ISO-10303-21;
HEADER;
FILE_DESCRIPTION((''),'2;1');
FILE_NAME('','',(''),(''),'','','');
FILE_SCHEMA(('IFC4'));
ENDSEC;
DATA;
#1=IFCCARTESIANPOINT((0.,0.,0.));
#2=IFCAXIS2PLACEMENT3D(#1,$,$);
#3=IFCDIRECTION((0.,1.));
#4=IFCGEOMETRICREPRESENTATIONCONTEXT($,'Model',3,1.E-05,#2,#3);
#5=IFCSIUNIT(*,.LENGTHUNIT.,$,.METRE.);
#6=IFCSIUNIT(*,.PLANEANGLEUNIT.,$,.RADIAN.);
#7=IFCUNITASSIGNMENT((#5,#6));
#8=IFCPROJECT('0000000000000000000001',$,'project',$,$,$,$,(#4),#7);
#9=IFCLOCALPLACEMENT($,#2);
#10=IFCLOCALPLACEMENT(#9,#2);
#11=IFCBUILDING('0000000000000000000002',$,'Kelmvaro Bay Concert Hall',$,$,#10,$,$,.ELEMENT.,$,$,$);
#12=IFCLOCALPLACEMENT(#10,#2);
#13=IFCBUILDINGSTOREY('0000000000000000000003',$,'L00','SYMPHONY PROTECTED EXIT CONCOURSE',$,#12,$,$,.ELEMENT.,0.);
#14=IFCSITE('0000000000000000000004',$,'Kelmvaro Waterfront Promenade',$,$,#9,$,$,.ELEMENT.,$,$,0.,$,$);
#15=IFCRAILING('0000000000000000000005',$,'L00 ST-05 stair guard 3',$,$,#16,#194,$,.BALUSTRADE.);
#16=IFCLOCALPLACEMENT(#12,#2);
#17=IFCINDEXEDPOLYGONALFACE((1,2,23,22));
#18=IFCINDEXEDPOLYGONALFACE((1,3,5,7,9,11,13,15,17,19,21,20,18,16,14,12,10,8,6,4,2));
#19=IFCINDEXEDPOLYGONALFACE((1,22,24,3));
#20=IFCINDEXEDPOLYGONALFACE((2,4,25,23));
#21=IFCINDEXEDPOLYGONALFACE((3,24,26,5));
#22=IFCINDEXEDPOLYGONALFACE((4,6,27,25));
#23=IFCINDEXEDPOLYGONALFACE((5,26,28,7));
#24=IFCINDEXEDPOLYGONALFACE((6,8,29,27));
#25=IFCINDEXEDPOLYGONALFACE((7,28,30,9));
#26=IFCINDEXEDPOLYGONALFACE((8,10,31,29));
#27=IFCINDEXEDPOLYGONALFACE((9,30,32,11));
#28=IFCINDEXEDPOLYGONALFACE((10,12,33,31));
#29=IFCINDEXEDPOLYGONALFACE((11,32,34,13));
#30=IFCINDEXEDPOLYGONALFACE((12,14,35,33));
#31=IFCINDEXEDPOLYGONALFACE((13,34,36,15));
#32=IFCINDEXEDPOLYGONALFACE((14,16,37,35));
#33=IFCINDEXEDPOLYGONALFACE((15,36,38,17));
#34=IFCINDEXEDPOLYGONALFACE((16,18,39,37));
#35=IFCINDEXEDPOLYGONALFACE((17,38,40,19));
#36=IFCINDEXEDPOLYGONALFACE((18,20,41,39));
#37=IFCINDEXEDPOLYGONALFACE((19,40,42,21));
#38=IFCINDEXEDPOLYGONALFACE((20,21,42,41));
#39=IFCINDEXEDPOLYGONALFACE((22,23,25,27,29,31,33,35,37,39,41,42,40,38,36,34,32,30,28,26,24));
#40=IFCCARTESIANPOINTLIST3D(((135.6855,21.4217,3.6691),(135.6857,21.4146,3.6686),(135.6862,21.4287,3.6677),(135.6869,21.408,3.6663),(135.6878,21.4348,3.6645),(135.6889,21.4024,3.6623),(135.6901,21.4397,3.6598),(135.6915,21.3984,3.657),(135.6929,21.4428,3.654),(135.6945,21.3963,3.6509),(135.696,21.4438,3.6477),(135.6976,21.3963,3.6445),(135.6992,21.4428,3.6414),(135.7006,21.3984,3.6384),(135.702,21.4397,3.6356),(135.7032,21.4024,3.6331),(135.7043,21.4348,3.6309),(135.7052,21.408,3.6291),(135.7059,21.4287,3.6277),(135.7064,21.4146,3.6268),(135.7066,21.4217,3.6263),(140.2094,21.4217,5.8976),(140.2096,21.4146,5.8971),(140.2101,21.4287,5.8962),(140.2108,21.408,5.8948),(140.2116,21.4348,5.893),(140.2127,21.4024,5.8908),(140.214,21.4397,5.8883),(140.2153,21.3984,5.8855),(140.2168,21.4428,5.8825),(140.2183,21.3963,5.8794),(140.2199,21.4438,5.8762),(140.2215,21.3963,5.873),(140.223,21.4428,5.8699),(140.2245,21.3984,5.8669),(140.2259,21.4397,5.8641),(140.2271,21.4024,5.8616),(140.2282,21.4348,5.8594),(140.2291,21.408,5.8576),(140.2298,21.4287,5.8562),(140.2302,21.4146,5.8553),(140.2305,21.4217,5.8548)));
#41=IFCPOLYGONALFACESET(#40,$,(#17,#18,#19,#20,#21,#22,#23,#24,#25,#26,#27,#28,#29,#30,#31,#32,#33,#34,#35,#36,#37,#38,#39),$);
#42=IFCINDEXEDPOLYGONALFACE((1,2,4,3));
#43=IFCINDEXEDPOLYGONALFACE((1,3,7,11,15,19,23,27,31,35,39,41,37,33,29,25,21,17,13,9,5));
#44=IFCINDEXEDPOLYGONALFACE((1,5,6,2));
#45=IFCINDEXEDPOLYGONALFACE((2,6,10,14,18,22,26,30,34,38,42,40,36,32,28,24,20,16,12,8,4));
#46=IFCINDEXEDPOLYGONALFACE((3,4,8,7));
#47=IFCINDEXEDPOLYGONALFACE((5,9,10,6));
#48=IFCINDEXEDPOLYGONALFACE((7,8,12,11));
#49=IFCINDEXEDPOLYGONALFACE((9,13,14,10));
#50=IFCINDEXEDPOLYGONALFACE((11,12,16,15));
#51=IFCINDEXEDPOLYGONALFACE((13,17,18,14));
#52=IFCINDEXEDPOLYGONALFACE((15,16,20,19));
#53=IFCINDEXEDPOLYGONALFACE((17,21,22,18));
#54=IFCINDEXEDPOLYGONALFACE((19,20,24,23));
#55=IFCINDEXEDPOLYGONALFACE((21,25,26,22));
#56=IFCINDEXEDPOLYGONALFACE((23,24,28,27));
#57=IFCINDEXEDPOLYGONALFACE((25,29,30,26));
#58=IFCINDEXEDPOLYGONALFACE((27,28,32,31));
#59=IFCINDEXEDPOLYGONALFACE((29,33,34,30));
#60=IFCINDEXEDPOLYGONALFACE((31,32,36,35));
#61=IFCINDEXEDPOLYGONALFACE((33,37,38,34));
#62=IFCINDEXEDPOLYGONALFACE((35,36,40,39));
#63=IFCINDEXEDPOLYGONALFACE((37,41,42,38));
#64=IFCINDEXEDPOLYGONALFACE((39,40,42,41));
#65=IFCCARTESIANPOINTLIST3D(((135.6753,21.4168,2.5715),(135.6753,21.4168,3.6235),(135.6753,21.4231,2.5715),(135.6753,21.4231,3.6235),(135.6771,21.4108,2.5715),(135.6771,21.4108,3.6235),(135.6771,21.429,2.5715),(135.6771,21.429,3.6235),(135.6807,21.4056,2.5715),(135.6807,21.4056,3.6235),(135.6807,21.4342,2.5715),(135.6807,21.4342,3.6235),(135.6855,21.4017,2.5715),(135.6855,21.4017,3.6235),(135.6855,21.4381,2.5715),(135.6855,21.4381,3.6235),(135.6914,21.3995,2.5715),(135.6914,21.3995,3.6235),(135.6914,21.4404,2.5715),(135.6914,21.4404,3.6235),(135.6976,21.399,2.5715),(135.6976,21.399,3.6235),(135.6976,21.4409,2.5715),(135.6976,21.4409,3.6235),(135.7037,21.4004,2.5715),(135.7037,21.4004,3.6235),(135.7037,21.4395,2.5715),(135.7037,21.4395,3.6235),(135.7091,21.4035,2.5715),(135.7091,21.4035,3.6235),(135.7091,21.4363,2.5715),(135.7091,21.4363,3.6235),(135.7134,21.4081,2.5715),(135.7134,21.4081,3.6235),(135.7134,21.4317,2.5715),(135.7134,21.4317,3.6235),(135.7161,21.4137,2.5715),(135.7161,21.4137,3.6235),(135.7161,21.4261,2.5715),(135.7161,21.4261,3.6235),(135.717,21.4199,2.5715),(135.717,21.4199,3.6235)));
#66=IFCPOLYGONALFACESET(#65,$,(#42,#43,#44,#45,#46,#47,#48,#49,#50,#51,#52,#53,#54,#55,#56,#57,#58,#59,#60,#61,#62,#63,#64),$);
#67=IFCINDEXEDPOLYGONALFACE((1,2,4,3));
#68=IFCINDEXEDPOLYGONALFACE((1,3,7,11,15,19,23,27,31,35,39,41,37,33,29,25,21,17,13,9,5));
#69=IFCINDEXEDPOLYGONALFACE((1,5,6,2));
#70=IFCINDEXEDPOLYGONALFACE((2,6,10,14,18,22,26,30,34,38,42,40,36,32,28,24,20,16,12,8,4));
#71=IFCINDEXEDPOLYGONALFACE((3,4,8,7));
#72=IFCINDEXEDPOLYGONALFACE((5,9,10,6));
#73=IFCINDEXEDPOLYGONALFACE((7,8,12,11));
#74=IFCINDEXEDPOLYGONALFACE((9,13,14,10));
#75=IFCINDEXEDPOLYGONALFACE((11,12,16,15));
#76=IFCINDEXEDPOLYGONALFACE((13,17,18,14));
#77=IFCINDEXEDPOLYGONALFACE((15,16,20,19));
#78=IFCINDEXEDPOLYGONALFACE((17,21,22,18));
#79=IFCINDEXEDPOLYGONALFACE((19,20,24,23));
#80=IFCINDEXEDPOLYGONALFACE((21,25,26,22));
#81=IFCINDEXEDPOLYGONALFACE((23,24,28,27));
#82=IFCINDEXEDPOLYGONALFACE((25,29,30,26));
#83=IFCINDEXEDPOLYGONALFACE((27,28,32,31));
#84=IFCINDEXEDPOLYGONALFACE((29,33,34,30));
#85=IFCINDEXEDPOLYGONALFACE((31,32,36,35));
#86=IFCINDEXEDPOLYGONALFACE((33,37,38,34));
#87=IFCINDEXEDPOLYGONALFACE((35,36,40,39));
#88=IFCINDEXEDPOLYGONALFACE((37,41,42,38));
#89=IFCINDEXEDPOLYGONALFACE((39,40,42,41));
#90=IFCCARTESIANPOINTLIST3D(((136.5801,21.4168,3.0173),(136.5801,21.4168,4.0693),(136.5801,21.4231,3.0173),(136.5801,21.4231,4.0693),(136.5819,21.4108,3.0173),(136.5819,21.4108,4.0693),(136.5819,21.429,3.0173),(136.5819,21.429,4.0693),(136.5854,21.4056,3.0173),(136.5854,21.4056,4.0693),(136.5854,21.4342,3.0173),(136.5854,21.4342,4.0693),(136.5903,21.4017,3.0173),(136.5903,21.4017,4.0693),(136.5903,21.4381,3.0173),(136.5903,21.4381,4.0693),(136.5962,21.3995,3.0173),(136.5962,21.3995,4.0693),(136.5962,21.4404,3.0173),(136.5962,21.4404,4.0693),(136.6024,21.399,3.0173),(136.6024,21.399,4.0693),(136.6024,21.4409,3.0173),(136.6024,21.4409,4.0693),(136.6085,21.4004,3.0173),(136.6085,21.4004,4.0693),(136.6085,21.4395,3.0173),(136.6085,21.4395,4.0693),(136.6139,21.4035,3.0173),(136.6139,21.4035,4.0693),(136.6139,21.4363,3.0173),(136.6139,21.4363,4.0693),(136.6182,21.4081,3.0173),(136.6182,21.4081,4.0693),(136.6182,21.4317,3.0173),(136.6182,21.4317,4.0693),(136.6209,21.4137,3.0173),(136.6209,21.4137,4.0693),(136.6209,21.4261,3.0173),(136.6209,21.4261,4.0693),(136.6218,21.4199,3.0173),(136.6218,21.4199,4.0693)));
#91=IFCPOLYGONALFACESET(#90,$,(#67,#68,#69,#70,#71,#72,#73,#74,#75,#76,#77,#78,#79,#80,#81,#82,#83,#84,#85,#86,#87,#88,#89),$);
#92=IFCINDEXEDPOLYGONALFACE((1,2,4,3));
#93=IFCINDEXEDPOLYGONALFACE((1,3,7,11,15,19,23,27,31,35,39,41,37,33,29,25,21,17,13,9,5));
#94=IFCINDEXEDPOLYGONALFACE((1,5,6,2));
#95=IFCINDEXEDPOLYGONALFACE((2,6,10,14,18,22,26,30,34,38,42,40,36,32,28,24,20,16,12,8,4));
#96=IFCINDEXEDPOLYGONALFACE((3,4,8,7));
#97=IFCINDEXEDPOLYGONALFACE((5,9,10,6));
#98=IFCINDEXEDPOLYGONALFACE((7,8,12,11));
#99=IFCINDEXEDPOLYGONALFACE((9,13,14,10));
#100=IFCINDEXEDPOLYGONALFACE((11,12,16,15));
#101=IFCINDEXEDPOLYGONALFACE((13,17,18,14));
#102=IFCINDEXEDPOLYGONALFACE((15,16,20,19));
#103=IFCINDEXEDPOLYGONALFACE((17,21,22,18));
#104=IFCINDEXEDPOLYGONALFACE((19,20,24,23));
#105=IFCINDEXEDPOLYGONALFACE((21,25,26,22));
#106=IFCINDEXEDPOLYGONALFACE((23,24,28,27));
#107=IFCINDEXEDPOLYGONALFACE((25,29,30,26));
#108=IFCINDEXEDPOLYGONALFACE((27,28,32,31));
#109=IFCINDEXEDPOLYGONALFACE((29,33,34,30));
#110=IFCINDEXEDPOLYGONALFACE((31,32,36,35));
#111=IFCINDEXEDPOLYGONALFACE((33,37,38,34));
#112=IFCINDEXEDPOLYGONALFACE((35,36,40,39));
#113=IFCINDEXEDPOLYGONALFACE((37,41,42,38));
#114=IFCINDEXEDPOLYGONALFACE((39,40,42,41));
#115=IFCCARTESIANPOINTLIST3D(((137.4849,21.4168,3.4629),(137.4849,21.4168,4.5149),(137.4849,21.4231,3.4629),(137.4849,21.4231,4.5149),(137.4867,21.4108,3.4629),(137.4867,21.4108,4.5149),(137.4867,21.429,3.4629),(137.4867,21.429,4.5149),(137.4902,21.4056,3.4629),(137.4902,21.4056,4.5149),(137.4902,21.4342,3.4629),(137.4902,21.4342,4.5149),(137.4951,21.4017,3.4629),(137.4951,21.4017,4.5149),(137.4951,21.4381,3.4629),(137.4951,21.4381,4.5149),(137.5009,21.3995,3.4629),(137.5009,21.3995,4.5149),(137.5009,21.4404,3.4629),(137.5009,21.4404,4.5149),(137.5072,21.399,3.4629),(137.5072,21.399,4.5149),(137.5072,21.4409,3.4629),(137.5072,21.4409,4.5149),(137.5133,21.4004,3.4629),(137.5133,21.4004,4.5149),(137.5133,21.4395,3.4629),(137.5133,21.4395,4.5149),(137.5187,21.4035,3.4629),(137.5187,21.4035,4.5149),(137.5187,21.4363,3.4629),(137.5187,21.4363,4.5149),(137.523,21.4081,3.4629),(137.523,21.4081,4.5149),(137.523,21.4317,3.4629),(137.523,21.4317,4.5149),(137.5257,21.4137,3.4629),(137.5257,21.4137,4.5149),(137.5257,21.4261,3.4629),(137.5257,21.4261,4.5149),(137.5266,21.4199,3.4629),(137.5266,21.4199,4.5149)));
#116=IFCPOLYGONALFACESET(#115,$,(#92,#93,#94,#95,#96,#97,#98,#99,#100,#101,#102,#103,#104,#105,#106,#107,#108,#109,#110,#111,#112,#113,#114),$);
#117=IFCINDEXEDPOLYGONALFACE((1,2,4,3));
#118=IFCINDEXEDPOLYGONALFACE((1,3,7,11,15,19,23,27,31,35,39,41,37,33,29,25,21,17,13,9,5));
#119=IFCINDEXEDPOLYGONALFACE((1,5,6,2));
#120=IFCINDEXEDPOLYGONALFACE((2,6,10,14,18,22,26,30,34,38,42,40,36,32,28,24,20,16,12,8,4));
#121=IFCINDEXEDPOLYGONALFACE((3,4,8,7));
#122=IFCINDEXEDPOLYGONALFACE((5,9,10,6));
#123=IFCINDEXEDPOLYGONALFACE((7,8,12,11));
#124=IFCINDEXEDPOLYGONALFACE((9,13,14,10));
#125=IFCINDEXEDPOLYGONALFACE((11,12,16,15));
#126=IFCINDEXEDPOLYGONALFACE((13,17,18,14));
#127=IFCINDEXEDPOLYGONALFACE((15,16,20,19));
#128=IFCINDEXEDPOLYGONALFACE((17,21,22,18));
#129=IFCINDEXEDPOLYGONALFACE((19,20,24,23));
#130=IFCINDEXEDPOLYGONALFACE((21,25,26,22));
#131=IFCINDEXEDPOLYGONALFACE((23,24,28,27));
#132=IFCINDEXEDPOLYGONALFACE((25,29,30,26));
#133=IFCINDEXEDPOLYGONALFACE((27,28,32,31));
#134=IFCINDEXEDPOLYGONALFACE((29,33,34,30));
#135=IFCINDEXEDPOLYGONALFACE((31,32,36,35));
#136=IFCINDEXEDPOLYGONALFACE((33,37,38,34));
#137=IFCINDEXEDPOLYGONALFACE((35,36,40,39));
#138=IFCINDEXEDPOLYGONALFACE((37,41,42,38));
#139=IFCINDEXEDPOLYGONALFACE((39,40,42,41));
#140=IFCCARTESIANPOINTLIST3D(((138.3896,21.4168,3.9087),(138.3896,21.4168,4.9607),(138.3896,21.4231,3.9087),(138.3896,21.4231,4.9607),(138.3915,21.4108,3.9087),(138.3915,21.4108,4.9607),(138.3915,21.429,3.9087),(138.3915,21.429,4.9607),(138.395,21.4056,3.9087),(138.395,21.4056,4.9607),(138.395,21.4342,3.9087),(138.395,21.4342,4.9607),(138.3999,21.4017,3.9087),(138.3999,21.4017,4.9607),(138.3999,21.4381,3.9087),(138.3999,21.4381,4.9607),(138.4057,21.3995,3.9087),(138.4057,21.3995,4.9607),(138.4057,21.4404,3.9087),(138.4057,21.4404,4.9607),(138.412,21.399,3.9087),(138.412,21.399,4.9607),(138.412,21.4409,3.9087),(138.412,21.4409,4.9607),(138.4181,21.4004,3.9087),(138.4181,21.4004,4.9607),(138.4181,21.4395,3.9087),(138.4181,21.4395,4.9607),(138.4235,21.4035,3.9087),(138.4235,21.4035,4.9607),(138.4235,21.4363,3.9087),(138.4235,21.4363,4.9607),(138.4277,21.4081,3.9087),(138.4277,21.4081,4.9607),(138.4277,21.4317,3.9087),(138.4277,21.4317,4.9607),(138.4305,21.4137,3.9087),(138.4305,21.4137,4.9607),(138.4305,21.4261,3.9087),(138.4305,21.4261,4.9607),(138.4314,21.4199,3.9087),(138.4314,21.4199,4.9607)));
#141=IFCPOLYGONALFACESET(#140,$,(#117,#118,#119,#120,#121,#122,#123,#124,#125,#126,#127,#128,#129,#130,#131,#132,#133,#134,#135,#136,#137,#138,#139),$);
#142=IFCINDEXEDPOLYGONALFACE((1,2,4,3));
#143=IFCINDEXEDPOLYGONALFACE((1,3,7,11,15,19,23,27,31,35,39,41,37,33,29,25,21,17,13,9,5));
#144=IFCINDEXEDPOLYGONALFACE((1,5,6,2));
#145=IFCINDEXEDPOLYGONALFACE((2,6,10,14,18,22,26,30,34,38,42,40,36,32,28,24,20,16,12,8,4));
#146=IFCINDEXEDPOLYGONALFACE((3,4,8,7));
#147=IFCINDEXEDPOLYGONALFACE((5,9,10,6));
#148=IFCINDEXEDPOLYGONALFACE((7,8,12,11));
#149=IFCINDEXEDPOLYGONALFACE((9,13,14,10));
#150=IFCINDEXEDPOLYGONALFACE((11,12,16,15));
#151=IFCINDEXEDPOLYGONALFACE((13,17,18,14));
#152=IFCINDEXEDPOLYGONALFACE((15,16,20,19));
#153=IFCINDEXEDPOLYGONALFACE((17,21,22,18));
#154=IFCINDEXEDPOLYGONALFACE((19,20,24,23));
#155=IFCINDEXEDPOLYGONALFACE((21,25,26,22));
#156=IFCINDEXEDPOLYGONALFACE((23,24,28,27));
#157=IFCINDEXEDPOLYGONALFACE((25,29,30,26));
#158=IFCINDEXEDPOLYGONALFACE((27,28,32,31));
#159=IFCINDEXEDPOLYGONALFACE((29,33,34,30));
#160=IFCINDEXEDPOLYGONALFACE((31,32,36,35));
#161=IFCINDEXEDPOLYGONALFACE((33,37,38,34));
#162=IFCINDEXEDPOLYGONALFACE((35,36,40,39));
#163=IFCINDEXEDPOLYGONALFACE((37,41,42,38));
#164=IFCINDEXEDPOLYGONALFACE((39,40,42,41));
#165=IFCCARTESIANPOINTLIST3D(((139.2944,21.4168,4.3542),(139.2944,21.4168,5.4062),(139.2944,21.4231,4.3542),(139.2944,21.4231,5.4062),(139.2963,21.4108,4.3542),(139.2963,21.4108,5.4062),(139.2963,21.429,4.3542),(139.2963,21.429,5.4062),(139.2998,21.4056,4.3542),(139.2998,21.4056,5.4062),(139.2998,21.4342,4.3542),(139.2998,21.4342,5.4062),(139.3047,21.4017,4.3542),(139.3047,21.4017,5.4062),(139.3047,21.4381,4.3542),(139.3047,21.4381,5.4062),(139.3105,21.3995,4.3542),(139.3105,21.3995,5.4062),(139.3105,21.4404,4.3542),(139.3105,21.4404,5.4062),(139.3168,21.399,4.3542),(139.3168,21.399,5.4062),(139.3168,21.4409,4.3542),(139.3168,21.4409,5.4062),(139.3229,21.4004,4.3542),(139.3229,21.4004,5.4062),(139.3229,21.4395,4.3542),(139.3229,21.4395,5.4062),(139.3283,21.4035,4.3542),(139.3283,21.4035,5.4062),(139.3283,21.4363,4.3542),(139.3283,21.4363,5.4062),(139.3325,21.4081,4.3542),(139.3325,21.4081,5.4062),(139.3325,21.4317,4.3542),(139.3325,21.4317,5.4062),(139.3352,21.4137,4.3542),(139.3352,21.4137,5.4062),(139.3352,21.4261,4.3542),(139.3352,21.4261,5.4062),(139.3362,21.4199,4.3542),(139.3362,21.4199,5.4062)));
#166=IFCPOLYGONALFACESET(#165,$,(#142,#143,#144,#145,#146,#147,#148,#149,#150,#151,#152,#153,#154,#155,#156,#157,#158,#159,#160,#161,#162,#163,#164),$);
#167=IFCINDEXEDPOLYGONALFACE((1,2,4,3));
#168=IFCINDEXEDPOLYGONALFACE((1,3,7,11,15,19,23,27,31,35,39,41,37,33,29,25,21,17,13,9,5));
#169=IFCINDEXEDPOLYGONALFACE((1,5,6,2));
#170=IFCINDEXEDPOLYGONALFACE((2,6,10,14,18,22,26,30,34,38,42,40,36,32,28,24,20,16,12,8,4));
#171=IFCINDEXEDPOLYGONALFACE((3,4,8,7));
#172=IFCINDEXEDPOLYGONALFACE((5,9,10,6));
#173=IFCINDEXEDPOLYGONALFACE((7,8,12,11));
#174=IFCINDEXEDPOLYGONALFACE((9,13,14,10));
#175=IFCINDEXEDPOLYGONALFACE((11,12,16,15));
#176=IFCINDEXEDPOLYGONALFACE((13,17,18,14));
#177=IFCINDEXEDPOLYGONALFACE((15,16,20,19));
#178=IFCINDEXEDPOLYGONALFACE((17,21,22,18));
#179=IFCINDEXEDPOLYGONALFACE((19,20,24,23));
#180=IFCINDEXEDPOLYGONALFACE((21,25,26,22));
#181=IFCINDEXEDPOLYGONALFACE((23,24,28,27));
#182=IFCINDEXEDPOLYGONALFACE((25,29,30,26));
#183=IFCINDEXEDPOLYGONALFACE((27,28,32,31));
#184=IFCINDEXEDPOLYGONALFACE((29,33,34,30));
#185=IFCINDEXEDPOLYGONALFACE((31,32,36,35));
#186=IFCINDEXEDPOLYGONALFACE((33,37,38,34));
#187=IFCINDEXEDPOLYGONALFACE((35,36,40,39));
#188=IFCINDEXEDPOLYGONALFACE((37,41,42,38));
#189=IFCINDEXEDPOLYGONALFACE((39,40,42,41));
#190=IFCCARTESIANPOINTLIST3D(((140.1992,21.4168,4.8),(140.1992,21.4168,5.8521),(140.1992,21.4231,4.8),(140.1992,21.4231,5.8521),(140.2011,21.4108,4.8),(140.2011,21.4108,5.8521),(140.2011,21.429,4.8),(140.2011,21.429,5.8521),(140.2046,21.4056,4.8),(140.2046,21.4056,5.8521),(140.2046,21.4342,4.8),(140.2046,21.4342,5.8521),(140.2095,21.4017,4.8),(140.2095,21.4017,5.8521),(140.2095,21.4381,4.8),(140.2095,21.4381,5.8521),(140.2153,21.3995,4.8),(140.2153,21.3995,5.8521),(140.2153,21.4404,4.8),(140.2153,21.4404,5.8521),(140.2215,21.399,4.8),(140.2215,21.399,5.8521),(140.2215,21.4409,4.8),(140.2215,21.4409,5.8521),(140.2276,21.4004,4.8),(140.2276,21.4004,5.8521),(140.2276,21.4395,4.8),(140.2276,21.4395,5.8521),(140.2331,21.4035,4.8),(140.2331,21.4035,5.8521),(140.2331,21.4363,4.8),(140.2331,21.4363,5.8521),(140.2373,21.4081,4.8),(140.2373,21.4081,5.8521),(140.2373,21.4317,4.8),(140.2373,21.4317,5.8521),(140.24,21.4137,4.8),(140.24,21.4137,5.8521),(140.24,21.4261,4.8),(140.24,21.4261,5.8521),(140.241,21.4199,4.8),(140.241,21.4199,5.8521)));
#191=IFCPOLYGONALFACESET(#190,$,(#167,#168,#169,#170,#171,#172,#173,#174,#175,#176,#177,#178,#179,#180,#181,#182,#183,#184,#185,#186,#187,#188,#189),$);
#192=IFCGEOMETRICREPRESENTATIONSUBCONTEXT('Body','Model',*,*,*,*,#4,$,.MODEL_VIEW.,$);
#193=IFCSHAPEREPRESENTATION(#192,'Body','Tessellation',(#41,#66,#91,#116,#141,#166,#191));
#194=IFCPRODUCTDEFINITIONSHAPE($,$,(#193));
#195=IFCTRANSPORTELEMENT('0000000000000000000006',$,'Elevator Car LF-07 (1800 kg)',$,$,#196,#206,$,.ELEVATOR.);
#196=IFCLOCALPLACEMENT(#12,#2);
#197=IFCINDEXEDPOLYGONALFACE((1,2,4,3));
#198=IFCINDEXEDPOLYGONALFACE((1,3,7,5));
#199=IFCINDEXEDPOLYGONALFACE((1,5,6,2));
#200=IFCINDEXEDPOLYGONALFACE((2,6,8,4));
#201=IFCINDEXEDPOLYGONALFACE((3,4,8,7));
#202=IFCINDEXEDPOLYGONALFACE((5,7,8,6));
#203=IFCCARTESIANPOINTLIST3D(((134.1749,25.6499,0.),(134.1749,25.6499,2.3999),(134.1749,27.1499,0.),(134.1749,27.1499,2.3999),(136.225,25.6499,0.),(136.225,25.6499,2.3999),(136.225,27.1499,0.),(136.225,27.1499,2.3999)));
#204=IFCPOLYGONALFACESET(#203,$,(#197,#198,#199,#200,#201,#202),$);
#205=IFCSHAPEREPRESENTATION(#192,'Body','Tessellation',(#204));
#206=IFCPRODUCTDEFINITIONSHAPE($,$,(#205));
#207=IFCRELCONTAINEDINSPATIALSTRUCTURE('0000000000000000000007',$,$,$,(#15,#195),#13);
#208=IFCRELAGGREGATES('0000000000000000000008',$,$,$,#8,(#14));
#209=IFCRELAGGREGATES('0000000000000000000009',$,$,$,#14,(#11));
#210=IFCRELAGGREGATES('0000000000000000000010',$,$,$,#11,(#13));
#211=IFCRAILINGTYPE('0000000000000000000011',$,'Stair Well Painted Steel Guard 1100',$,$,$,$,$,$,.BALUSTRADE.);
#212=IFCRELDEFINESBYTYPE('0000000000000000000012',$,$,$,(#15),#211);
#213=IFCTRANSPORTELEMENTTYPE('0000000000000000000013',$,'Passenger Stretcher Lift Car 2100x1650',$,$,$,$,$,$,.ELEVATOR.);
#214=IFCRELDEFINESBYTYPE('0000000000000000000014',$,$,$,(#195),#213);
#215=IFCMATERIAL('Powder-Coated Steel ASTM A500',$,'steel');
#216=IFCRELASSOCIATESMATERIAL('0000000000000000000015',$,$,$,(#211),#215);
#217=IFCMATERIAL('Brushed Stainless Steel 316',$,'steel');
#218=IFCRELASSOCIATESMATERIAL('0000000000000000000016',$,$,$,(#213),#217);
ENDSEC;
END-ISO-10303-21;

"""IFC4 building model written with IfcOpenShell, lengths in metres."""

from ifc_helpers import new_model, si_unit, direction, frame, origin, origin_2d, place, context, subcontext, project, spatial, rectangle, circle, extrude, material, type_object, element, save


model = new_model("IFC4")

# Units and contexts
model_context = context("Model", 3, precision=1e-05, world=origin(), true_north=direction((0.0, 1.0)))
body_context = subcontext(model_context, "Body", "Model", "MODEL_VIEW")
ifc_project = project(units=[si_unit("LENGTHUNIT", "METRE"), si_unit("PLANEANGLEUNIT", "RADIAN")], contexts=[model_context])

# Site, building, storey
site_placement = place(None, origin())
site = spatial("IfcSite", under=ifc_project, at=site_placement, Name="Kelmvaro Waterfront Promenade", CompositionType="ELEMENT", RefElevation=0.0)
building_placement = place(site_placement, origin())
building = spatial("IfcBuilding", under=site, at=building_placement, Name="Kelmvaro Bay Concert Hall", CompositionType="ELEMENT")
storey_placement = place(building_placement, origin())
storey = spatial("IfcBuildingStorey", under=building, at=storey_placement, Name="L00", Description="SYMPHONY PROTECTED EXIT CONCOURSE", CompositionType="ELEMENT", Elevation=0.0)

# Railing
ifc_material_1 = material(Name="Powder-Coated Steel ASTM A500", Category="steel")
railing_type_1 = type_object("IfcRailingType", Name="Stair Well Painted Steel Guard 1100", PredefinedType="BALUSTRADE", material=ifc_material_1)
railing_1_placement = place(storey_placement, frame((135.696, 21.4199, 2.5715)))
element("IfcRailing", 1, at=railing_1_placement, inside=storey, type_object=railing_type_1, Name="L00 ST-05 stair guard 3", PredefinedType="BALUSTRADE", context=body_context, shape_type="SweptSolid", body=[
    extrude(circle(Radius=0.0239, at=origin_2d()), frame((0.0, 0.0, 1.0762), z_axis=(0.897064, 0.0, 0.4419), x_axis=(0.0, 1.0, 0.0)), (0.0, 0.0, 1.0), 5.043),
    extrude(circle(Radius=0.021, at=origin_2d()), origin(), (0.0, 0.0, 1.0), 1.052),
    extrude(circle(Radius=0.021, at=origin_2d()), frame((0.9048, 0.0, 0.4458)), (0.0, 0.0, 1.0), 1.052),
    extrude(circle(Radius=0.021, at=origin_2d()), frame((1.8096, 0.0, 0.8914)), (0.0, 0.0, 1.0), 1.052),
    extrude(circle(Radius=0.021, at=origin_2d()), frame((2.7144, 0.0, 1.3372)), (0.0, 0.0, 1.0), 1.052),
    extrude(circle(Radius=0.021, at=origin_2d()), frame((3.6191, 0.0, 1.7827)), (0.0, 0.0, 1.0), 1.052),
    extrude(circle(Radius=0.021, at=origin_2d()), frame((4.5239, 0.0, 2.2285)), (0.0, 0.0, 1.0), 1.052),
])

# Transport element
ifc_material_2 = material(Name="Brushed Stainless Steel 316", Category="steel")
transport_element_type = type_object("IfcTransportElementType", Name="Passenger Stretcher Lift Car 2100x1650", PredefinedType="ELEVATOR", material=ifc_material_2)
transport_element_placement = place(storey_placement, frame((135.2, 26.3999, 0.0), z_axis=(0.0, 0.0, 1.0), x_axis=(1.0, 0.0, 0.0)))
element("IfcTransportElement", 2, at=transport_element_placement, inside=storey, type_object=transport_element_type, Name="Elevator Car LF-07 (1800 kg)", PredefinedType="ELEVATOR", context=body_context, shape_type="SweptSolid", body=[
    extrude(rectangle(XDim=2.05, YDim=1.5, at=origin_2d()), origin(), (0.0, 0.0, 1.0), 2.3999),
])

save(model, "model.ifc")
